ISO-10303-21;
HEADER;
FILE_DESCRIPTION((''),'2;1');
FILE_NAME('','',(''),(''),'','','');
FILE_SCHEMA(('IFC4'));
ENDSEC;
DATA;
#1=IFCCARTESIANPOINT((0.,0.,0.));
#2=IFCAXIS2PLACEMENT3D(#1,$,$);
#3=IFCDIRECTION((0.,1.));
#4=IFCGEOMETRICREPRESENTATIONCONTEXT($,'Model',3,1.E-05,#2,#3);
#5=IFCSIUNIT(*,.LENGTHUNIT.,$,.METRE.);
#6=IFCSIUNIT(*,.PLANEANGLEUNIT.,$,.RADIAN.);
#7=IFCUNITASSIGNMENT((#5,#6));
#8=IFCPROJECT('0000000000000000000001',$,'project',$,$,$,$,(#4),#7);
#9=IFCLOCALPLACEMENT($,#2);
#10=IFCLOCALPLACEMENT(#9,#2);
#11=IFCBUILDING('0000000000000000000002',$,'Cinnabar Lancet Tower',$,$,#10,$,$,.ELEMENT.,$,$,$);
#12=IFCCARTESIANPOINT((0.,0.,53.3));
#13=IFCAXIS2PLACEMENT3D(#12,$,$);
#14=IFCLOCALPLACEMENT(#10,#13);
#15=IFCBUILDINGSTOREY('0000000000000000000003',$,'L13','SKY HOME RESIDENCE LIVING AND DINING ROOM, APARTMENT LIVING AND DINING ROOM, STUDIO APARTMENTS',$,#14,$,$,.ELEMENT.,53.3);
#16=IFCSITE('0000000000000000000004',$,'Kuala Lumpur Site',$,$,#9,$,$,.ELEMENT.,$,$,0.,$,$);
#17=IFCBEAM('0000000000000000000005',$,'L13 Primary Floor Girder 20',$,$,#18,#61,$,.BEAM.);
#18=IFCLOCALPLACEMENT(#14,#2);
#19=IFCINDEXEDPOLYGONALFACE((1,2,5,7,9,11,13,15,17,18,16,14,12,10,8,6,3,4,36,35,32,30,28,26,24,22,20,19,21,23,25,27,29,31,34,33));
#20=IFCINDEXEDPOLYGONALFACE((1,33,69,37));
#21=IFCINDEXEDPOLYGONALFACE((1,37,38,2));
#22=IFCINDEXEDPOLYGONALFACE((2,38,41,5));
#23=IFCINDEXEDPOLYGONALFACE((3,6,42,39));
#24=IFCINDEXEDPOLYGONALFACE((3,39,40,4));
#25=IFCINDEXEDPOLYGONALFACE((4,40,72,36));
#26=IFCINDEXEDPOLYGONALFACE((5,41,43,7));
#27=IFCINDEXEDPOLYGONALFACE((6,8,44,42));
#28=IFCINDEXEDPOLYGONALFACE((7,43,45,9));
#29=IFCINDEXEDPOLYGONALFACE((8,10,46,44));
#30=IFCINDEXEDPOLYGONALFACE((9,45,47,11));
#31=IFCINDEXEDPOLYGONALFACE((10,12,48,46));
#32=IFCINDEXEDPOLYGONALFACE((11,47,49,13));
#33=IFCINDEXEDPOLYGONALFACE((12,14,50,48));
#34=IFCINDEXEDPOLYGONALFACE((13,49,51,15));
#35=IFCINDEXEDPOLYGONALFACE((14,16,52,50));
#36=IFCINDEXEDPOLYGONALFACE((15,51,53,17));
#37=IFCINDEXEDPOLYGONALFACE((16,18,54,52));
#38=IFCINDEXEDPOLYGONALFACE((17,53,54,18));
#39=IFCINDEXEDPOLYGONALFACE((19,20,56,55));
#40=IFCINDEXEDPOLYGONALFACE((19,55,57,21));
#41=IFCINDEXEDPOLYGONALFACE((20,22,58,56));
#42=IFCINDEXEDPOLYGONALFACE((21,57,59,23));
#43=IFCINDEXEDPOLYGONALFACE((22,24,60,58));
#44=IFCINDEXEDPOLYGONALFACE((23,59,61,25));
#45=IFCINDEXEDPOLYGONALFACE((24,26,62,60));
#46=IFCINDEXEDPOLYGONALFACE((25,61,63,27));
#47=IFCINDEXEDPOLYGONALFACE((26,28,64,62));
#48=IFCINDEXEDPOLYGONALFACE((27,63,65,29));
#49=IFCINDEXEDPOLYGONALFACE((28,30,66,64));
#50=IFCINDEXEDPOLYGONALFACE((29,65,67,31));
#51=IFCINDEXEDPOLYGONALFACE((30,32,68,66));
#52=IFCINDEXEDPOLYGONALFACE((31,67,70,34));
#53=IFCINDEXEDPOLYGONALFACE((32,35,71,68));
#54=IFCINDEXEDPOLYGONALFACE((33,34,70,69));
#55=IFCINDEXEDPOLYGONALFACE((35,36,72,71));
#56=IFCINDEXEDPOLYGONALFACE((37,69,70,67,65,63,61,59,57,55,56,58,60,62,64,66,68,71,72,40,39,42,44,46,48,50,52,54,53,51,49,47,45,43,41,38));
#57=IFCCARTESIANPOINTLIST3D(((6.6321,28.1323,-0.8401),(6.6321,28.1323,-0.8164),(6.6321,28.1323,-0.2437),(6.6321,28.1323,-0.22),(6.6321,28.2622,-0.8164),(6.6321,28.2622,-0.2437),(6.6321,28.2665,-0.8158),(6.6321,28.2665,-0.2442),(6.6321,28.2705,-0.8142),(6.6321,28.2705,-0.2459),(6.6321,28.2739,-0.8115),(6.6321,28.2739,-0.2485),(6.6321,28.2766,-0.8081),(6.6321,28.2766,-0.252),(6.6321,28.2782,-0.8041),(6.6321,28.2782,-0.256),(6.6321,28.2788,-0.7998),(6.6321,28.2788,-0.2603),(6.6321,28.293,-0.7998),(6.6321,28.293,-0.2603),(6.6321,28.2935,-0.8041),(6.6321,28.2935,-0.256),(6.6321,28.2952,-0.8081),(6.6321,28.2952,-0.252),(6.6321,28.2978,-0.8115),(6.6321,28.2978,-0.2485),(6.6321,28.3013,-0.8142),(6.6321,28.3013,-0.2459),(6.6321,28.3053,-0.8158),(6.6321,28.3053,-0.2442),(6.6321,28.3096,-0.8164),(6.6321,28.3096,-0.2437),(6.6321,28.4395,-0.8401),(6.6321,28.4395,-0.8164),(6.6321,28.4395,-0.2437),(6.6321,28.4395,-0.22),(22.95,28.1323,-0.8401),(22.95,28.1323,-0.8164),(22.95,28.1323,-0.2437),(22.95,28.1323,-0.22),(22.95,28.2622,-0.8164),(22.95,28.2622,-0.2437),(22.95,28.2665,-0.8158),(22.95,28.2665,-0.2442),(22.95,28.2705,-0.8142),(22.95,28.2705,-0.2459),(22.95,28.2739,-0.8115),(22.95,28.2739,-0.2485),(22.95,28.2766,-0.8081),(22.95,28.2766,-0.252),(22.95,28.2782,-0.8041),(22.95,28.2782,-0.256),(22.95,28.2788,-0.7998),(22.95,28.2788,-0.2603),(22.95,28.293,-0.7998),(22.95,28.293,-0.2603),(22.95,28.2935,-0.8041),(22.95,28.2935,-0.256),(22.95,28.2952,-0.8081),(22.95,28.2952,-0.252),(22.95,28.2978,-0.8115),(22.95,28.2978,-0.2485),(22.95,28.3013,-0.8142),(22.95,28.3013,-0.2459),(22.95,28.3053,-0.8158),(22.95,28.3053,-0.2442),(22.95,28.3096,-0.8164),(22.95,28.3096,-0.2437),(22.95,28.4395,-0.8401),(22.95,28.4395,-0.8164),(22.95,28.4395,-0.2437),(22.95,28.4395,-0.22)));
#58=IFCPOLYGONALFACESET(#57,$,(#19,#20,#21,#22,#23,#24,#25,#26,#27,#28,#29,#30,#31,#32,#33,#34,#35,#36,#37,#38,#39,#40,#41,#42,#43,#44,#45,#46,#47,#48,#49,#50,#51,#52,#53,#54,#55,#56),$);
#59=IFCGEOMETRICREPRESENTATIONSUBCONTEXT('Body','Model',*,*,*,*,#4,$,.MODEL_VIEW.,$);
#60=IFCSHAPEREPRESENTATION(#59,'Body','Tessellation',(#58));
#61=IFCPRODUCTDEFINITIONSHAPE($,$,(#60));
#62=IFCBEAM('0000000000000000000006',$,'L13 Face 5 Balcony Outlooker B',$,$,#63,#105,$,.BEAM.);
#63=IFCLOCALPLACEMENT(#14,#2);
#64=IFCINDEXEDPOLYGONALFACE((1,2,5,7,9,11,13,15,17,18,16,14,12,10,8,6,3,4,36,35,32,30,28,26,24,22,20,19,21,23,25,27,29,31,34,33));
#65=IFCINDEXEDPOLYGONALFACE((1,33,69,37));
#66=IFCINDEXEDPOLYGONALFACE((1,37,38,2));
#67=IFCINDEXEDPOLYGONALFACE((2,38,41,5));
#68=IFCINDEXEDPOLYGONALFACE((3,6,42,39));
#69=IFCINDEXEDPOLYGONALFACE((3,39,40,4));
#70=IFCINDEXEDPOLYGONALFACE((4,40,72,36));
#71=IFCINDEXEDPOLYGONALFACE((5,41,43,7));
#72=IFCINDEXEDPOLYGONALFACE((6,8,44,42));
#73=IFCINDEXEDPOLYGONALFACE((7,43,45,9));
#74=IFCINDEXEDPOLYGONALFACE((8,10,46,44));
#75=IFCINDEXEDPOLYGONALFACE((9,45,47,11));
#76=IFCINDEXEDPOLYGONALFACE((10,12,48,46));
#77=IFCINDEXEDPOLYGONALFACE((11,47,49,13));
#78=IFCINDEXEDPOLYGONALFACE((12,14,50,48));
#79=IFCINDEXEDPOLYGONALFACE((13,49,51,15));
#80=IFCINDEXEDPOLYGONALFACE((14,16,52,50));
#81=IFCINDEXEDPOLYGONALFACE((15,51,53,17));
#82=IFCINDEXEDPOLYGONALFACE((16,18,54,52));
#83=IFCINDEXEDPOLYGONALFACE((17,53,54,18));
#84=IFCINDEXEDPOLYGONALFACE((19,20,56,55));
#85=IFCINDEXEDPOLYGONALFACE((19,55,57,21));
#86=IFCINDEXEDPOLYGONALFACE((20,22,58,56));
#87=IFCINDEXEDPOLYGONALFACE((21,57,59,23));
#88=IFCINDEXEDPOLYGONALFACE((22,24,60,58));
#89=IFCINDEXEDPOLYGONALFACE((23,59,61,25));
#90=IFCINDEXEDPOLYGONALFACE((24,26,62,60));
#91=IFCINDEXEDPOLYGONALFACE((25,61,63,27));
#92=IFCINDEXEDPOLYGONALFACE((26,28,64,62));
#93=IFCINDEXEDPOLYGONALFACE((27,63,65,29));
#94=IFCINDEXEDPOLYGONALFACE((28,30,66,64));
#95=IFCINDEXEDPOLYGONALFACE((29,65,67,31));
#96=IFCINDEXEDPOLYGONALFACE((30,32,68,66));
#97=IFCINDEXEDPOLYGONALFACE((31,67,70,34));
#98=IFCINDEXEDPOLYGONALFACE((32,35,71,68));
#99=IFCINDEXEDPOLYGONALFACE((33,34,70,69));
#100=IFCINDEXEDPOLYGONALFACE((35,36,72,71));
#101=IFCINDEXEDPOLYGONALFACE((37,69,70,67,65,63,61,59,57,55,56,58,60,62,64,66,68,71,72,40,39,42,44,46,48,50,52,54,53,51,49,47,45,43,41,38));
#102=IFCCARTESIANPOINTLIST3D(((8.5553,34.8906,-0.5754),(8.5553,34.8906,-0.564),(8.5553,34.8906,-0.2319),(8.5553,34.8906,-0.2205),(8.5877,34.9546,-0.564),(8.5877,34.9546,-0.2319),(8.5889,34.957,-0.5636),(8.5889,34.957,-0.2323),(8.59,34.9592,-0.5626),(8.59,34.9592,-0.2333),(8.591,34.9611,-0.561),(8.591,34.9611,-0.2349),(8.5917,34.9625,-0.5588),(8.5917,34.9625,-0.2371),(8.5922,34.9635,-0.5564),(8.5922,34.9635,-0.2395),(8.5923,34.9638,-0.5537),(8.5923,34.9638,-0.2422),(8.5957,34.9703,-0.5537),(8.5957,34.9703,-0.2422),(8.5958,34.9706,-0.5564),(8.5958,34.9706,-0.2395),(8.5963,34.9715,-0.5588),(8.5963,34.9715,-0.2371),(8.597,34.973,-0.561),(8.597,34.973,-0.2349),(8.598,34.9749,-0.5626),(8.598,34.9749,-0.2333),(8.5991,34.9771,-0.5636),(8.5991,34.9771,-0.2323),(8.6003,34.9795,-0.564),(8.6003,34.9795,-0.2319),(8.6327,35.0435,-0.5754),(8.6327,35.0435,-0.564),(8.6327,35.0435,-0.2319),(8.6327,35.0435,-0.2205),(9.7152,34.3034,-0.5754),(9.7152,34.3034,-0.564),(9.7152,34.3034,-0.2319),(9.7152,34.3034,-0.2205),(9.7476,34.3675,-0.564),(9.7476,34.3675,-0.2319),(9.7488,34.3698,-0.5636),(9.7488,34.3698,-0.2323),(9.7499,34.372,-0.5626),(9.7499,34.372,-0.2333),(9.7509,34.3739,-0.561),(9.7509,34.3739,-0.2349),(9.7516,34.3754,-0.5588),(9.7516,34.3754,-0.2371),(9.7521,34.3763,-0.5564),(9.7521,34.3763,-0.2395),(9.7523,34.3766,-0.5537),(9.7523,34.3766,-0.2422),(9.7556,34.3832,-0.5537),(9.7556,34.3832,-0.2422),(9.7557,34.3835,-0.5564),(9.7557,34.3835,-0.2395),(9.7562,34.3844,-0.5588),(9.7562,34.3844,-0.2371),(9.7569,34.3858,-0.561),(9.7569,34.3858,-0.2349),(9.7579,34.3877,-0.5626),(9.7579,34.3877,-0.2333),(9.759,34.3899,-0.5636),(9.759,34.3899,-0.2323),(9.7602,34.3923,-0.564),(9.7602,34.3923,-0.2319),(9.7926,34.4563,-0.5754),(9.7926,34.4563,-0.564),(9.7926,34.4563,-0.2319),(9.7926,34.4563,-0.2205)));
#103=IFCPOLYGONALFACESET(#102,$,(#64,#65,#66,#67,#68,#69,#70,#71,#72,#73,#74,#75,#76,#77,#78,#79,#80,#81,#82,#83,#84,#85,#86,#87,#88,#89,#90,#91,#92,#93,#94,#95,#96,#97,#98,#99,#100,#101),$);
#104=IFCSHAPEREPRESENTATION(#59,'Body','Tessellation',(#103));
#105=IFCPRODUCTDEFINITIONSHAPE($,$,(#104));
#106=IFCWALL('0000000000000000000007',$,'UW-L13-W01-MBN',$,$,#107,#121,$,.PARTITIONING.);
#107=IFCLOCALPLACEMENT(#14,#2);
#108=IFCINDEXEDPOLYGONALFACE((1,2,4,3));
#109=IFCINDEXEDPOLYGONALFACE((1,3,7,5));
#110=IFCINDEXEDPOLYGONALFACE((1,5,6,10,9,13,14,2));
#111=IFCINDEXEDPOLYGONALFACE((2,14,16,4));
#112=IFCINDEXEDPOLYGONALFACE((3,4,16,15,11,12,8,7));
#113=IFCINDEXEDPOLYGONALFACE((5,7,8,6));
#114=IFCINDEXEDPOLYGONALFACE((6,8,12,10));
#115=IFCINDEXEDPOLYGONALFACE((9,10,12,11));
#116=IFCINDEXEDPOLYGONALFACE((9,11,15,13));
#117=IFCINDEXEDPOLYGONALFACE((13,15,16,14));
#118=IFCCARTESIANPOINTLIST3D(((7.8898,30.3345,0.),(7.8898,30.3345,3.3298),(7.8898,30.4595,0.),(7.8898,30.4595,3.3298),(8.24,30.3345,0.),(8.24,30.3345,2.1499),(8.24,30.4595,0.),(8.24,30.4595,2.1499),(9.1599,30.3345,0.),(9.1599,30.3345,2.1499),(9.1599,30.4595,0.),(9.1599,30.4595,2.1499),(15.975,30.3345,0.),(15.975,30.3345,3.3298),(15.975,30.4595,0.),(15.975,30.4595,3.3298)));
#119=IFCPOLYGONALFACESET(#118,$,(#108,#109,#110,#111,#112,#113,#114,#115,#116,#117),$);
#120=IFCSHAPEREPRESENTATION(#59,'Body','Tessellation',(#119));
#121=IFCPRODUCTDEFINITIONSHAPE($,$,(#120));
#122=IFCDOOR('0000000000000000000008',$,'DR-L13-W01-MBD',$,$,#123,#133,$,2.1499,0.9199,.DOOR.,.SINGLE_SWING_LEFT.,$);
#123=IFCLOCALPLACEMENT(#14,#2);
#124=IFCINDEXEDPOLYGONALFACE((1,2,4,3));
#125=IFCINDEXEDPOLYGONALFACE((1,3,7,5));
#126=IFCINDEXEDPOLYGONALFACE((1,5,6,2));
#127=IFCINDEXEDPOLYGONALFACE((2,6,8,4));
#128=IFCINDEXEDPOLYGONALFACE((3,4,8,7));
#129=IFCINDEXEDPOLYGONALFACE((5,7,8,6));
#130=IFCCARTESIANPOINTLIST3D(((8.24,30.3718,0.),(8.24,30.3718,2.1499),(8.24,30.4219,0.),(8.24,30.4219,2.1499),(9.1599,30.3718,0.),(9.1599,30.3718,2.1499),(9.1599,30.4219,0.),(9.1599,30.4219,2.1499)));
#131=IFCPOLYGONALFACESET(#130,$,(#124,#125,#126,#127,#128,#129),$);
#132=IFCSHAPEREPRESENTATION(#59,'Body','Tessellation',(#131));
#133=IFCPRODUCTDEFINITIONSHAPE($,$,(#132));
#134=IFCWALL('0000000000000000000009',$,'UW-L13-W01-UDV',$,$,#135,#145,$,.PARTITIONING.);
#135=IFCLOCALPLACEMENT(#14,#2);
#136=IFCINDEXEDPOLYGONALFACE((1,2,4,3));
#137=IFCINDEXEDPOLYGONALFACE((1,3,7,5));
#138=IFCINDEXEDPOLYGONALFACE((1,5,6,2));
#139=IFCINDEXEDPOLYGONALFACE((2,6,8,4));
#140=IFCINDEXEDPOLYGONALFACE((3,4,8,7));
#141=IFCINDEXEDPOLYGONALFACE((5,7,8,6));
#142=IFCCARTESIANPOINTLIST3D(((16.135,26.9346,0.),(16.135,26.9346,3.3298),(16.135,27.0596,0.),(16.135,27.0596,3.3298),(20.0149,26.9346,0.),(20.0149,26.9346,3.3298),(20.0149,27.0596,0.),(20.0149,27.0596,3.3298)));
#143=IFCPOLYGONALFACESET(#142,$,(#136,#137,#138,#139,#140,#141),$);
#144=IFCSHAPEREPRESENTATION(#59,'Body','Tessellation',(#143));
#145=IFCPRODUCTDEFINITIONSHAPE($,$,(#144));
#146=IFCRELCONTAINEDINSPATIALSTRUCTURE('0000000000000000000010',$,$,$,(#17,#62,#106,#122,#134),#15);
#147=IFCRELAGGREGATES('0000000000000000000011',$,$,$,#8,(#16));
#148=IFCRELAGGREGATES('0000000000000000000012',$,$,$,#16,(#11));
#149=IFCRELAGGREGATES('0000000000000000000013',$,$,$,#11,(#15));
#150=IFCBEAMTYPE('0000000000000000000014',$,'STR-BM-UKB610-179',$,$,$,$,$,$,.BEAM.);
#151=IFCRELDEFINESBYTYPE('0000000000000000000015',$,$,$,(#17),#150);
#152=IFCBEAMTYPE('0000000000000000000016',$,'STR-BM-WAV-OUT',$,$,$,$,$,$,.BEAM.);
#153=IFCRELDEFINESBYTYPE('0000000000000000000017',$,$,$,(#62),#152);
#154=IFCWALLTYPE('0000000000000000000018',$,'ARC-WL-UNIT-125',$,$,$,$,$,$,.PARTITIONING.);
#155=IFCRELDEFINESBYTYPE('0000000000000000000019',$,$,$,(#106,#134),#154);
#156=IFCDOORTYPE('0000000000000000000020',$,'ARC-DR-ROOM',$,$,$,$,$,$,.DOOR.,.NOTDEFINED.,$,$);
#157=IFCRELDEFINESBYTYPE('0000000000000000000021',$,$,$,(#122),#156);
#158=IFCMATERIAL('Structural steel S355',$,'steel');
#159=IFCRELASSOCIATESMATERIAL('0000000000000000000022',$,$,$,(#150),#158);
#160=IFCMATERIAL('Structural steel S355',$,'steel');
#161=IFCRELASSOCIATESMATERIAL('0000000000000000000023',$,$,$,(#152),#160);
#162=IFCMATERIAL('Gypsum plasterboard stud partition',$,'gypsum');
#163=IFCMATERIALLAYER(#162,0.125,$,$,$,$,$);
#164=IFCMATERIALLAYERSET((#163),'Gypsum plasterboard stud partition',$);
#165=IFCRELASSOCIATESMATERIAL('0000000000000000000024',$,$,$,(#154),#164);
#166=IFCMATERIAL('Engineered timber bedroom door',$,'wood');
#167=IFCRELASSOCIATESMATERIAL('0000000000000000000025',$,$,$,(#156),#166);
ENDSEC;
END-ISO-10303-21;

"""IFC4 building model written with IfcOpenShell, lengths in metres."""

from ifc_helpers import new_model, si_unit, direction, frame, frame_2d, origin, origin_2d, place, context, subcontext, project, spatial, rectangle, i_section, extrude, material, layer, layer_set, material_profile, profile_set, type_object, element, fill, save


model = new_model("IFC4")

# Units and contexts
model_context = context("Model", 3, precision=1e-05, world=origin(), true_north=direction((0.0, 1.0)))
body_context = subcontext(model_context, "Body", "Model", "MODEL_VIEW")
ifc_project = project(units=[si_unit("LENGTHUNIT", "METRE"), si_unit("PLANEANGLEUNIT", "RADIAN")], contexts=[model_context])

# Site, building, storey
site_placement = place(None, origin())
site = spatial("IfcSite", under=ifc_project, at=site_placement, Name="Kuala Lumpur Site", CompositionType="ELEMENT", RefElevation=0.0)
building_placement = place(site_placement, origin())
building = spatial("IfcBuilding", under=site, at=building_placement, Name="Cinnabar Lancet Tower", CompositionType="ELEMENT")
storey_placement = place(building_placement, frame((0.0, 0.0, 53.3)))
storey = spatial("IfcBuildingStorey", under=building, at=storey_placement, Name="L13", Description="SKY HOME RESIDENCE LIVING AND DINING ROOM, APARTMENT LIVING AND DINING ROOM, STUDIO APARTMENTS", CompositionType="ELEMENT", Elevation=53.3)

# Beams
ifc_material_1 = material(Name="Structural steel S355", Category="steel")
ifc_material_profile_1 = material_profile(ifc_material_1, i_section(OverallWidth=0.3071, OverallDepth=0.6201, WebThickness=0.0142, FlangeThickness=0.0237, FilletRadius=0.0166, at=origin_2d()), Name="UKB 610x305x179")
ifc_profile_set_1 = profile_set([ifc_material_profile_1], Name="Structural steel S355")
beam_type_1 = type_object("IfcBeamType", Name="STR-BM-UKB610-179", PredefinedType="BEAM", material=ifc_profile_set_1)
beam_1_placement = place(storey_placement, frame((6.6321, 28.2859, -0.53), z_axis=(1.0, 0.0, 0.0), x_axis=(0.0, 1.0, 0.0)))
element("IfcBeam", 1, at=beam_1_placement, inside=storey, type_object=beam_type_1, Name="L13 Primary Floor Girder 20", PredefinedType="BEAM", context=body_context, shape_type="SweptSolid", body=[
    extrude(i_section(OverallWidth=0.3071, OverallDepth=0.6201, WebThickness=0.0142, FlangeThickness=0.0237, FilletRadius=0.0166, at=origin_2d()), origin(), (0.0, 0.0, 1.0), 16.3179),
])
ifc_material_2 = material(Name="Structural steel S355", Category="steel")
ifc_material_profile_2 = material_profile(ifc_material_2, i_section(OverallWidth=0.1714, OverallDepth=0.355, WebThickness=0.0073, FlangeThickness=0.0115, FilletRadius=0.0103, at=origin_2d()), Name="UKB 356x171x51")
ifc_profile_set_2 = profile_set([ifc_material_profile_2], Name="Structural steel S355")
beam_type_2 = type_object("IfcBeamType", Name="STR-BM-WAV-OUT", PredefinedType="BEAM", material=ifc_profile_set_2)
beam_2_placement = place(storey_placement, frame((9.7539, 34.3799, -0.3979), z_axis=(-0.8922, 0.45164, 0.0), x_axis=(-0.45164, -0.8922, 0.0)))
element("IfcBeam", 2, at=beam_2_placement, inside=storey, type_object=beam_type_2, Name="L13 Face 5 Balcony Outlooker B", PredefinedType="BEAM", context=body_context, shape_type="SweptSolid", body=[
    extrude(i_section(OverallWidth=0.1714, OverallDepth=0.355, WebThickness=0.0073, FlangeThickness=0.0115, FilletRadius=0.0103, at=origin_2d()), origin(), (0.0, 0.0, 1.0), 1.3),
])

# Wall, opening, door
ifc_material_3 = material(Name="Gypsum plasterboard stud partition", Category="gypsum")
ifc_layer_1 = layer(ifc_material_3, 0.125)
ifc_layer_set_1 = layer_set([ifc_layer_1], Name="Gypsum plasterboard stud partition")
wall_type_1 = type_object("IfcWallType", Name="ARC-WL-UNIT-125", PredefinedType="PARTITIONING", material=ifc_layer_set_1)
wall_1_placement = place(storey_placement, frame((7.8899, 30.397, 0.0), z_axis=(0.0, 0.0, 1.0), x_axis=(1.0, 0.0, 0.0)))
wall_1 = element("IfcWall", 3, at=wall_1_placement, inside=storey, type_object=wall_type_1, Name="UW-L13-W01-MBN", PredefinedType="PARTITIONING", context=body_context, shape_type="SweptSolid", body=[
    extrude(rectangle(XDim=8.0852, YDim=0.125, at=frame_2d((4.0425, 0.0))), origin(), (0.0, 0.0, 1.0), 3.3298),
])
opening_1_placement = place(wall_1_placement, frame((0.3501, 0.0, 0.0)))
opening_1 = element("IfcOpeningElement", 4, at=opening_1_placement, cuts=wall_1, PredefinedType="OPENING", context=body_context, shape_type="SweptSolid", body=[
    extrude(rectangle(XDim=0.9199, YDim=2.1499, at=frame_2d((0.46, 1.075))), frame((0.0, 0.0725, 0.0), z_axis=(0.0, -1.0, 0.0), x_axis=(1.0, 0.0, 0.0)), (0.0, 0.0, 1.0), 0.145),
])
ifc_material_4 = material(Name="Engineered timber bedroom door", Category="wood")
door_type_1 = type_object("IfcDoorType", Name="ARC-DR-ROOM", OperationType="NOTDEFINED", PredefinedType="DOOR", material=ifc_material_4)
door_1_placement = place(opening_1_placement, origin())
door_1 = element("IfcDoor", 5, at=door_1_placement, inside=storey, type_object=door_type_1, Name="DR-L13-W01-MBD", OperationType="SINGLE_SWING_LEFT", OverallHeight=2.1499, OverallWidth=0.9199, PredefinedType="DOOR", context=body_context, shape_type="SweptSolid", body=[
    extrude(rectangle(XDim=0.9199, YDim=2.1499, at=frame_2d((0.46, 1.075))), frame((0.0, 0.0249, 0.0), z_axis=(0.0, -1.0, 0.0), x_axis=(1.0, 0.0, 0.0)), (0.0, 0.0, 1.0), 0.05),
])
fill(opening_1, door_1)

# Wall
wall_2_placement = place(storey_placement, frame((16.135, 26.9971, 0.0), z_axis=(0.0, 0.0, 1.0), x_axis=(1.0, 0.0, 0.0)))
element("IfcWall", 6, at=wall_2_placement, inside=storey, type_object=wall_type_1, Name="UW-L13-W01-UDV", PredefinedType="PARTITIONING", context=body_context, shape_type="SweptSolid", body=[
    extrude(rectangle(XDim=3.8799, YDim=0.125, at=frame_2d((1.9399, 0.0))), origin(), (0.0, 0.0, 1.0), 3.3298),
])

save(model, "model.ifc")
